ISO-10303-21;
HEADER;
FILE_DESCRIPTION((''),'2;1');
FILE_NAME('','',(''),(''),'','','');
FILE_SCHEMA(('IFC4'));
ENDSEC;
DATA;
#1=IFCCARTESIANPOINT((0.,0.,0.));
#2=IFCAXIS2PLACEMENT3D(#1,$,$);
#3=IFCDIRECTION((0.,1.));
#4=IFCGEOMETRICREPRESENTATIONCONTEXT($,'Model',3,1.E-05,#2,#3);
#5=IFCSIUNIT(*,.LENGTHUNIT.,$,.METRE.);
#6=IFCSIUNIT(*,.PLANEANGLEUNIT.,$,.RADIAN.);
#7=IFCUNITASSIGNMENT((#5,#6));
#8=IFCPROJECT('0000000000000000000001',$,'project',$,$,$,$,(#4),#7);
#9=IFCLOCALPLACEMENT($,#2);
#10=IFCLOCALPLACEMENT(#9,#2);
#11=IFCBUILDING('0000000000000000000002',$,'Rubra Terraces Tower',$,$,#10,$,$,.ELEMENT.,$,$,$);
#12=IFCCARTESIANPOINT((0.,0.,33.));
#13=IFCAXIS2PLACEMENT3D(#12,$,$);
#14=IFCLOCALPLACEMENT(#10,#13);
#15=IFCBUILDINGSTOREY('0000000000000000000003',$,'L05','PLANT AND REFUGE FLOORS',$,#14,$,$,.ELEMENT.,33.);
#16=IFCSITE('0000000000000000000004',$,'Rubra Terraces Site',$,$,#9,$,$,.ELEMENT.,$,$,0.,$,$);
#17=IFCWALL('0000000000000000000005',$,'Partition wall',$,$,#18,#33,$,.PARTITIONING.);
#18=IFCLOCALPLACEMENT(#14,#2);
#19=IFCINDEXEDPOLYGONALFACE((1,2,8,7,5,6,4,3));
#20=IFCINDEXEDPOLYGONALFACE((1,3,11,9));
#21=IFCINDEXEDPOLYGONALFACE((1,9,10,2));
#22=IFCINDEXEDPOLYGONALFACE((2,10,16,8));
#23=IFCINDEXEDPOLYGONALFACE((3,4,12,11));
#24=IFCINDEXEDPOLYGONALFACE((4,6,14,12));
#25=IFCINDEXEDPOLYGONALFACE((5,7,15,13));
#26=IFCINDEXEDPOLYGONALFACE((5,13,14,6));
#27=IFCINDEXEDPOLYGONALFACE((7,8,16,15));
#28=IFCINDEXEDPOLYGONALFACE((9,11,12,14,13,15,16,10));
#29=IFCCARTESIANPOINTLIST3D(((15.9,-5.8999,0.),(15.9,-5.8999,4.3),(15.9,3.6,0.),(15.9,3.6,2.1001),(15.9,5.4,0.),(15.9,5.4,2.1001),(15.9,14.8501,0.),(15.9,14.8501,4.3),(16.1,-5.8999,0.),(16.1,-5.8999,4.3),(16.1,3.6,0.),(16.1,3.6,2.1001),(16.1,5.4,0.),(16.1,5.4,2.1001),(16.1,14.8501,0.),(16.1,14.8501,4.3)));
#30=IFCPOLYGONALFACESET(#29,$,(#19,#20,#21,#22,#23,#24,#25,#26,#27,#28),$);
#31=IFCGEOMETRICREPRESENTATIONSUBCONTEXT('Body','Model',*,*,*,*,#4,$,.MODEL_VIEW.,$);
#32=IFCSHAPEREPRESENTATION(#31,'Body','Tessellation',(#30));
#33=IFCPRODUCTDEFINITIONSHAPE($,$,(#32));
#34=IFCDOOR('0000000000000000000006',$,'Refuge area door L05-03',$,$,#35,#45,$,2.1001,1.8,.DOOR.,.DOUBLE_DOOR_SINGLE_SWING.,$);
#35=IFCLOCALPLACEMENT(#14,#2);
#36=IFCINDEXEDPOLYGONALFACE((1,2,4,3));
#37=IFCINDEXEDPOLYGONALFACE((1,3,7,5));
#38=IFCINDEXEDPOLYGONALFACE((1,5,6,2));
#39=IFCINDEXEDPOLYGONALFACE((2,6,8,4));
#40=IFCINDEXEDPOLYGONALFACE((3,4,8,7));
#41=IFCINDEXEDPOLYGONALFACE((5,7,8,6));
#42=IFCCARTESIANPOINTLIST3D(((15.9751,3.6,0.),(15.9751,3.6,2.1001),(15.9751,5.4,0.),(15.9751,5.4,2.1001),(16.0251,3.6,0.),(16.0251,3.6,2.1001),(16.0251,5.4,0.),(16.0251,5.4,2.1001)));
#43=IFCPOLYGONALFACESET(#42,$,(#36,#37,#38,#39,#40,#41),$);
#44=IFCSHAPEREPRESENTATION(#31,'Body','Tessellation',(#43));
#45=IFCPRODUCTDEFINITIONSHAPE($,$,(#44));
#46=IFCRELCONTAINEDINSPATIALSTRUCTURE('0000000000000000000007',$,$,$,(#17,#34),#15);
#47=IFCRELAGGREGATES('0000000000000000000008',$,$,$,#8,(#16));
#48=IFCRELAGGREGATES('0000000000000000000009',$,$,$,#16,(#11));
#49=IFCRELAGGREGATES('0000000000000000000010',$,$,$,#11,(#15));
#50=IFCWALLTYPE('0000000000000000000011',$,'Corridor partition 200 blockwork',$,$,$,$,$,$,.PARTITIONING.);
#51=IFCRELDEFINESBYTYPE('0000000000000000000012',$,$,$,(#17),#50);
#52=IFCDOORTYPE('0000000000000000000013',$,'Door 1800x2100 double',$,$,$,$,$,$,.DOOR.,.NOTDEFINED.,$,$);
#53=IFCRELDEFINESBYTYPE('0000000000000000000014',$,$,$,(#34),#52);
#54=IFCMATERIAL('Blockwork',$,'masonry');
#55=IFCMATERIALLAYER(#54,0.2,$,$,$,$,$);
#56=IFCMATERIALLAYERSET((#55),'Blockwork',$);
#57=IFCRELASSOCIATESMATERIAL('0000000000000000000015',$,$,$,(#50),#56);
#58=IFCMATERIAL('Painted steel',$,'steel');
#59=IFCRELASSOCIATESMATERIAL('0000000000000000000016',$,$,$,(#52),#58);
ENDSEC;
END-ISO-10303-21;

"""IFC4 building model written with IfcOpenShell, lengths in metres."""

from ifc_helpers import new_model, si_unit, direction, frame, frame_2d, origin, place, context, subcontext, project, spatial, rectangle, extrude, material, layer, layer_set, type_object, element, fill, save


model = new_model("IFC4")

# Units and contexts
model_context = context("Model", 3, precision=1e-05, world=origin(), true_north=direction((0.0, 1.0)))
body_context = subcontext(model_context, "Body", "Model", "MODEL_VIEW")
ifc_project = project(units=[si_unit("LENGTHUNIT", "METRE"), si_unit("PLANEANGLEUNIT", "RADIAN")], contexts=[model_context])

# Site, building, storey
site_placement = place(None, origin())
site = spatial("IfcSite", under=ifc_project, at=site_placement, Name="Rubra Terraces Site", CompositionType="ELEMENT", RefElevation=0.0)
building_placement = place(site_placement, origin())
building = spatial("IfcBuilding", under=site, at=building_placement, Name="Rubra Terraces Tower", CompositionType="ELEMENT")
storey_placement = place(building_placement, frame((0.0, 0.0, 33.0)))
storey = spatial("IfcBuildingStorey", under=building, at=storey_placement, Name="L05", Description="PLANT AND REFUGE FLOORS", CompositionType="ELEMENT", Elevation=33.0)

# Shared definitions
ifc_material_1 = material(Name="Blockwork", Category="masonry")
ifc_layer_1 = layer(ifc_material_1, 0.2)
ifc_layer_set_1 = layer_set([ifc_layer_1], Name="Blockwork")
wall_type_1 = type_object("IfcWallType", Name="Corridor partition 200 blockwork", PredefinedType="PARTITIONING", material=ifc_layer_set_1)

# Wall, opening, door
wall_1_placement = place(storey_placement, frame((16.0, -5.8999, 0.0), z_axis=(0.0, 0.0, 1.0), x_axis=(0.0, 1.0, 0.0)))
wall_1 = element("IfcWall", 1, at=wall_1_placement, inside=storey, type_object=wall_type_1, Name="Partition wall", PredefinedType="PARTITIONING", context=body_context, shape_type="SweptSolid", body=[
    extrude(rectangle(XDim=20.75, YDim=0.2, at=frame_2d((10.375, 0.0))), origin(), (0.0, 0.0, 1.0), 4.3),
])
opening_1_placement = place(wall_1_placement, frame((9.5, 0.0, 0.0)))
opening_1 = element("IfcOpeningElement", 2, at=opening_1_placement, cuts=wall_1, PredefinedType="OPENING", context=body_context, shape_type="SweptSolid", body=[
    extrude(rectangle(XDim=1.8, YDim=2.1001, at=frame_2d((0.8999, 1.05))), frame((0.0, 0.1099, 0.0), z_axis=(0.0, -1.0, 0.0), x_axis=(1.0, 0.0, 0.0)), (0.0, 0.0, 1.0), 0.22),
])
ifc_material_2 = material(Name="Painted steel", Category="steel")
door_type = type_object("IfcDoorType", Name="Door 1800x2100 double", OperationType="NOTDEFINED", PredefinedType="DOOR", material=ifc_material_2)
door_placement = place(opening_1_placement, origin())
door = element("IfcDoor", 3, at=door_placement, inside=storey, type_object=door_type, Name="Refuge area door L05-03", OperationType="DOUBLE_DOOR_SINGLE_SWING", OverallHeight=2.1001, OverallWidth=1.8, PredefinedType="DOOR", context=body_context, shape_type="SweptSolid", body=[
    extrude(rectangle(XDim=1.8, YDim=2.1001, at=frame_2d((0.8999, 1.05))), frame((0.0, 0.0249, 0.0), z_axis=(0.0, -1.0, 0.0), x_axis=(1.0, 0.0, 0.0)), (0.0, 0.0, 1.0), 0.05),
])
fill(opening_1, door)

save(model, "model.ifc")
